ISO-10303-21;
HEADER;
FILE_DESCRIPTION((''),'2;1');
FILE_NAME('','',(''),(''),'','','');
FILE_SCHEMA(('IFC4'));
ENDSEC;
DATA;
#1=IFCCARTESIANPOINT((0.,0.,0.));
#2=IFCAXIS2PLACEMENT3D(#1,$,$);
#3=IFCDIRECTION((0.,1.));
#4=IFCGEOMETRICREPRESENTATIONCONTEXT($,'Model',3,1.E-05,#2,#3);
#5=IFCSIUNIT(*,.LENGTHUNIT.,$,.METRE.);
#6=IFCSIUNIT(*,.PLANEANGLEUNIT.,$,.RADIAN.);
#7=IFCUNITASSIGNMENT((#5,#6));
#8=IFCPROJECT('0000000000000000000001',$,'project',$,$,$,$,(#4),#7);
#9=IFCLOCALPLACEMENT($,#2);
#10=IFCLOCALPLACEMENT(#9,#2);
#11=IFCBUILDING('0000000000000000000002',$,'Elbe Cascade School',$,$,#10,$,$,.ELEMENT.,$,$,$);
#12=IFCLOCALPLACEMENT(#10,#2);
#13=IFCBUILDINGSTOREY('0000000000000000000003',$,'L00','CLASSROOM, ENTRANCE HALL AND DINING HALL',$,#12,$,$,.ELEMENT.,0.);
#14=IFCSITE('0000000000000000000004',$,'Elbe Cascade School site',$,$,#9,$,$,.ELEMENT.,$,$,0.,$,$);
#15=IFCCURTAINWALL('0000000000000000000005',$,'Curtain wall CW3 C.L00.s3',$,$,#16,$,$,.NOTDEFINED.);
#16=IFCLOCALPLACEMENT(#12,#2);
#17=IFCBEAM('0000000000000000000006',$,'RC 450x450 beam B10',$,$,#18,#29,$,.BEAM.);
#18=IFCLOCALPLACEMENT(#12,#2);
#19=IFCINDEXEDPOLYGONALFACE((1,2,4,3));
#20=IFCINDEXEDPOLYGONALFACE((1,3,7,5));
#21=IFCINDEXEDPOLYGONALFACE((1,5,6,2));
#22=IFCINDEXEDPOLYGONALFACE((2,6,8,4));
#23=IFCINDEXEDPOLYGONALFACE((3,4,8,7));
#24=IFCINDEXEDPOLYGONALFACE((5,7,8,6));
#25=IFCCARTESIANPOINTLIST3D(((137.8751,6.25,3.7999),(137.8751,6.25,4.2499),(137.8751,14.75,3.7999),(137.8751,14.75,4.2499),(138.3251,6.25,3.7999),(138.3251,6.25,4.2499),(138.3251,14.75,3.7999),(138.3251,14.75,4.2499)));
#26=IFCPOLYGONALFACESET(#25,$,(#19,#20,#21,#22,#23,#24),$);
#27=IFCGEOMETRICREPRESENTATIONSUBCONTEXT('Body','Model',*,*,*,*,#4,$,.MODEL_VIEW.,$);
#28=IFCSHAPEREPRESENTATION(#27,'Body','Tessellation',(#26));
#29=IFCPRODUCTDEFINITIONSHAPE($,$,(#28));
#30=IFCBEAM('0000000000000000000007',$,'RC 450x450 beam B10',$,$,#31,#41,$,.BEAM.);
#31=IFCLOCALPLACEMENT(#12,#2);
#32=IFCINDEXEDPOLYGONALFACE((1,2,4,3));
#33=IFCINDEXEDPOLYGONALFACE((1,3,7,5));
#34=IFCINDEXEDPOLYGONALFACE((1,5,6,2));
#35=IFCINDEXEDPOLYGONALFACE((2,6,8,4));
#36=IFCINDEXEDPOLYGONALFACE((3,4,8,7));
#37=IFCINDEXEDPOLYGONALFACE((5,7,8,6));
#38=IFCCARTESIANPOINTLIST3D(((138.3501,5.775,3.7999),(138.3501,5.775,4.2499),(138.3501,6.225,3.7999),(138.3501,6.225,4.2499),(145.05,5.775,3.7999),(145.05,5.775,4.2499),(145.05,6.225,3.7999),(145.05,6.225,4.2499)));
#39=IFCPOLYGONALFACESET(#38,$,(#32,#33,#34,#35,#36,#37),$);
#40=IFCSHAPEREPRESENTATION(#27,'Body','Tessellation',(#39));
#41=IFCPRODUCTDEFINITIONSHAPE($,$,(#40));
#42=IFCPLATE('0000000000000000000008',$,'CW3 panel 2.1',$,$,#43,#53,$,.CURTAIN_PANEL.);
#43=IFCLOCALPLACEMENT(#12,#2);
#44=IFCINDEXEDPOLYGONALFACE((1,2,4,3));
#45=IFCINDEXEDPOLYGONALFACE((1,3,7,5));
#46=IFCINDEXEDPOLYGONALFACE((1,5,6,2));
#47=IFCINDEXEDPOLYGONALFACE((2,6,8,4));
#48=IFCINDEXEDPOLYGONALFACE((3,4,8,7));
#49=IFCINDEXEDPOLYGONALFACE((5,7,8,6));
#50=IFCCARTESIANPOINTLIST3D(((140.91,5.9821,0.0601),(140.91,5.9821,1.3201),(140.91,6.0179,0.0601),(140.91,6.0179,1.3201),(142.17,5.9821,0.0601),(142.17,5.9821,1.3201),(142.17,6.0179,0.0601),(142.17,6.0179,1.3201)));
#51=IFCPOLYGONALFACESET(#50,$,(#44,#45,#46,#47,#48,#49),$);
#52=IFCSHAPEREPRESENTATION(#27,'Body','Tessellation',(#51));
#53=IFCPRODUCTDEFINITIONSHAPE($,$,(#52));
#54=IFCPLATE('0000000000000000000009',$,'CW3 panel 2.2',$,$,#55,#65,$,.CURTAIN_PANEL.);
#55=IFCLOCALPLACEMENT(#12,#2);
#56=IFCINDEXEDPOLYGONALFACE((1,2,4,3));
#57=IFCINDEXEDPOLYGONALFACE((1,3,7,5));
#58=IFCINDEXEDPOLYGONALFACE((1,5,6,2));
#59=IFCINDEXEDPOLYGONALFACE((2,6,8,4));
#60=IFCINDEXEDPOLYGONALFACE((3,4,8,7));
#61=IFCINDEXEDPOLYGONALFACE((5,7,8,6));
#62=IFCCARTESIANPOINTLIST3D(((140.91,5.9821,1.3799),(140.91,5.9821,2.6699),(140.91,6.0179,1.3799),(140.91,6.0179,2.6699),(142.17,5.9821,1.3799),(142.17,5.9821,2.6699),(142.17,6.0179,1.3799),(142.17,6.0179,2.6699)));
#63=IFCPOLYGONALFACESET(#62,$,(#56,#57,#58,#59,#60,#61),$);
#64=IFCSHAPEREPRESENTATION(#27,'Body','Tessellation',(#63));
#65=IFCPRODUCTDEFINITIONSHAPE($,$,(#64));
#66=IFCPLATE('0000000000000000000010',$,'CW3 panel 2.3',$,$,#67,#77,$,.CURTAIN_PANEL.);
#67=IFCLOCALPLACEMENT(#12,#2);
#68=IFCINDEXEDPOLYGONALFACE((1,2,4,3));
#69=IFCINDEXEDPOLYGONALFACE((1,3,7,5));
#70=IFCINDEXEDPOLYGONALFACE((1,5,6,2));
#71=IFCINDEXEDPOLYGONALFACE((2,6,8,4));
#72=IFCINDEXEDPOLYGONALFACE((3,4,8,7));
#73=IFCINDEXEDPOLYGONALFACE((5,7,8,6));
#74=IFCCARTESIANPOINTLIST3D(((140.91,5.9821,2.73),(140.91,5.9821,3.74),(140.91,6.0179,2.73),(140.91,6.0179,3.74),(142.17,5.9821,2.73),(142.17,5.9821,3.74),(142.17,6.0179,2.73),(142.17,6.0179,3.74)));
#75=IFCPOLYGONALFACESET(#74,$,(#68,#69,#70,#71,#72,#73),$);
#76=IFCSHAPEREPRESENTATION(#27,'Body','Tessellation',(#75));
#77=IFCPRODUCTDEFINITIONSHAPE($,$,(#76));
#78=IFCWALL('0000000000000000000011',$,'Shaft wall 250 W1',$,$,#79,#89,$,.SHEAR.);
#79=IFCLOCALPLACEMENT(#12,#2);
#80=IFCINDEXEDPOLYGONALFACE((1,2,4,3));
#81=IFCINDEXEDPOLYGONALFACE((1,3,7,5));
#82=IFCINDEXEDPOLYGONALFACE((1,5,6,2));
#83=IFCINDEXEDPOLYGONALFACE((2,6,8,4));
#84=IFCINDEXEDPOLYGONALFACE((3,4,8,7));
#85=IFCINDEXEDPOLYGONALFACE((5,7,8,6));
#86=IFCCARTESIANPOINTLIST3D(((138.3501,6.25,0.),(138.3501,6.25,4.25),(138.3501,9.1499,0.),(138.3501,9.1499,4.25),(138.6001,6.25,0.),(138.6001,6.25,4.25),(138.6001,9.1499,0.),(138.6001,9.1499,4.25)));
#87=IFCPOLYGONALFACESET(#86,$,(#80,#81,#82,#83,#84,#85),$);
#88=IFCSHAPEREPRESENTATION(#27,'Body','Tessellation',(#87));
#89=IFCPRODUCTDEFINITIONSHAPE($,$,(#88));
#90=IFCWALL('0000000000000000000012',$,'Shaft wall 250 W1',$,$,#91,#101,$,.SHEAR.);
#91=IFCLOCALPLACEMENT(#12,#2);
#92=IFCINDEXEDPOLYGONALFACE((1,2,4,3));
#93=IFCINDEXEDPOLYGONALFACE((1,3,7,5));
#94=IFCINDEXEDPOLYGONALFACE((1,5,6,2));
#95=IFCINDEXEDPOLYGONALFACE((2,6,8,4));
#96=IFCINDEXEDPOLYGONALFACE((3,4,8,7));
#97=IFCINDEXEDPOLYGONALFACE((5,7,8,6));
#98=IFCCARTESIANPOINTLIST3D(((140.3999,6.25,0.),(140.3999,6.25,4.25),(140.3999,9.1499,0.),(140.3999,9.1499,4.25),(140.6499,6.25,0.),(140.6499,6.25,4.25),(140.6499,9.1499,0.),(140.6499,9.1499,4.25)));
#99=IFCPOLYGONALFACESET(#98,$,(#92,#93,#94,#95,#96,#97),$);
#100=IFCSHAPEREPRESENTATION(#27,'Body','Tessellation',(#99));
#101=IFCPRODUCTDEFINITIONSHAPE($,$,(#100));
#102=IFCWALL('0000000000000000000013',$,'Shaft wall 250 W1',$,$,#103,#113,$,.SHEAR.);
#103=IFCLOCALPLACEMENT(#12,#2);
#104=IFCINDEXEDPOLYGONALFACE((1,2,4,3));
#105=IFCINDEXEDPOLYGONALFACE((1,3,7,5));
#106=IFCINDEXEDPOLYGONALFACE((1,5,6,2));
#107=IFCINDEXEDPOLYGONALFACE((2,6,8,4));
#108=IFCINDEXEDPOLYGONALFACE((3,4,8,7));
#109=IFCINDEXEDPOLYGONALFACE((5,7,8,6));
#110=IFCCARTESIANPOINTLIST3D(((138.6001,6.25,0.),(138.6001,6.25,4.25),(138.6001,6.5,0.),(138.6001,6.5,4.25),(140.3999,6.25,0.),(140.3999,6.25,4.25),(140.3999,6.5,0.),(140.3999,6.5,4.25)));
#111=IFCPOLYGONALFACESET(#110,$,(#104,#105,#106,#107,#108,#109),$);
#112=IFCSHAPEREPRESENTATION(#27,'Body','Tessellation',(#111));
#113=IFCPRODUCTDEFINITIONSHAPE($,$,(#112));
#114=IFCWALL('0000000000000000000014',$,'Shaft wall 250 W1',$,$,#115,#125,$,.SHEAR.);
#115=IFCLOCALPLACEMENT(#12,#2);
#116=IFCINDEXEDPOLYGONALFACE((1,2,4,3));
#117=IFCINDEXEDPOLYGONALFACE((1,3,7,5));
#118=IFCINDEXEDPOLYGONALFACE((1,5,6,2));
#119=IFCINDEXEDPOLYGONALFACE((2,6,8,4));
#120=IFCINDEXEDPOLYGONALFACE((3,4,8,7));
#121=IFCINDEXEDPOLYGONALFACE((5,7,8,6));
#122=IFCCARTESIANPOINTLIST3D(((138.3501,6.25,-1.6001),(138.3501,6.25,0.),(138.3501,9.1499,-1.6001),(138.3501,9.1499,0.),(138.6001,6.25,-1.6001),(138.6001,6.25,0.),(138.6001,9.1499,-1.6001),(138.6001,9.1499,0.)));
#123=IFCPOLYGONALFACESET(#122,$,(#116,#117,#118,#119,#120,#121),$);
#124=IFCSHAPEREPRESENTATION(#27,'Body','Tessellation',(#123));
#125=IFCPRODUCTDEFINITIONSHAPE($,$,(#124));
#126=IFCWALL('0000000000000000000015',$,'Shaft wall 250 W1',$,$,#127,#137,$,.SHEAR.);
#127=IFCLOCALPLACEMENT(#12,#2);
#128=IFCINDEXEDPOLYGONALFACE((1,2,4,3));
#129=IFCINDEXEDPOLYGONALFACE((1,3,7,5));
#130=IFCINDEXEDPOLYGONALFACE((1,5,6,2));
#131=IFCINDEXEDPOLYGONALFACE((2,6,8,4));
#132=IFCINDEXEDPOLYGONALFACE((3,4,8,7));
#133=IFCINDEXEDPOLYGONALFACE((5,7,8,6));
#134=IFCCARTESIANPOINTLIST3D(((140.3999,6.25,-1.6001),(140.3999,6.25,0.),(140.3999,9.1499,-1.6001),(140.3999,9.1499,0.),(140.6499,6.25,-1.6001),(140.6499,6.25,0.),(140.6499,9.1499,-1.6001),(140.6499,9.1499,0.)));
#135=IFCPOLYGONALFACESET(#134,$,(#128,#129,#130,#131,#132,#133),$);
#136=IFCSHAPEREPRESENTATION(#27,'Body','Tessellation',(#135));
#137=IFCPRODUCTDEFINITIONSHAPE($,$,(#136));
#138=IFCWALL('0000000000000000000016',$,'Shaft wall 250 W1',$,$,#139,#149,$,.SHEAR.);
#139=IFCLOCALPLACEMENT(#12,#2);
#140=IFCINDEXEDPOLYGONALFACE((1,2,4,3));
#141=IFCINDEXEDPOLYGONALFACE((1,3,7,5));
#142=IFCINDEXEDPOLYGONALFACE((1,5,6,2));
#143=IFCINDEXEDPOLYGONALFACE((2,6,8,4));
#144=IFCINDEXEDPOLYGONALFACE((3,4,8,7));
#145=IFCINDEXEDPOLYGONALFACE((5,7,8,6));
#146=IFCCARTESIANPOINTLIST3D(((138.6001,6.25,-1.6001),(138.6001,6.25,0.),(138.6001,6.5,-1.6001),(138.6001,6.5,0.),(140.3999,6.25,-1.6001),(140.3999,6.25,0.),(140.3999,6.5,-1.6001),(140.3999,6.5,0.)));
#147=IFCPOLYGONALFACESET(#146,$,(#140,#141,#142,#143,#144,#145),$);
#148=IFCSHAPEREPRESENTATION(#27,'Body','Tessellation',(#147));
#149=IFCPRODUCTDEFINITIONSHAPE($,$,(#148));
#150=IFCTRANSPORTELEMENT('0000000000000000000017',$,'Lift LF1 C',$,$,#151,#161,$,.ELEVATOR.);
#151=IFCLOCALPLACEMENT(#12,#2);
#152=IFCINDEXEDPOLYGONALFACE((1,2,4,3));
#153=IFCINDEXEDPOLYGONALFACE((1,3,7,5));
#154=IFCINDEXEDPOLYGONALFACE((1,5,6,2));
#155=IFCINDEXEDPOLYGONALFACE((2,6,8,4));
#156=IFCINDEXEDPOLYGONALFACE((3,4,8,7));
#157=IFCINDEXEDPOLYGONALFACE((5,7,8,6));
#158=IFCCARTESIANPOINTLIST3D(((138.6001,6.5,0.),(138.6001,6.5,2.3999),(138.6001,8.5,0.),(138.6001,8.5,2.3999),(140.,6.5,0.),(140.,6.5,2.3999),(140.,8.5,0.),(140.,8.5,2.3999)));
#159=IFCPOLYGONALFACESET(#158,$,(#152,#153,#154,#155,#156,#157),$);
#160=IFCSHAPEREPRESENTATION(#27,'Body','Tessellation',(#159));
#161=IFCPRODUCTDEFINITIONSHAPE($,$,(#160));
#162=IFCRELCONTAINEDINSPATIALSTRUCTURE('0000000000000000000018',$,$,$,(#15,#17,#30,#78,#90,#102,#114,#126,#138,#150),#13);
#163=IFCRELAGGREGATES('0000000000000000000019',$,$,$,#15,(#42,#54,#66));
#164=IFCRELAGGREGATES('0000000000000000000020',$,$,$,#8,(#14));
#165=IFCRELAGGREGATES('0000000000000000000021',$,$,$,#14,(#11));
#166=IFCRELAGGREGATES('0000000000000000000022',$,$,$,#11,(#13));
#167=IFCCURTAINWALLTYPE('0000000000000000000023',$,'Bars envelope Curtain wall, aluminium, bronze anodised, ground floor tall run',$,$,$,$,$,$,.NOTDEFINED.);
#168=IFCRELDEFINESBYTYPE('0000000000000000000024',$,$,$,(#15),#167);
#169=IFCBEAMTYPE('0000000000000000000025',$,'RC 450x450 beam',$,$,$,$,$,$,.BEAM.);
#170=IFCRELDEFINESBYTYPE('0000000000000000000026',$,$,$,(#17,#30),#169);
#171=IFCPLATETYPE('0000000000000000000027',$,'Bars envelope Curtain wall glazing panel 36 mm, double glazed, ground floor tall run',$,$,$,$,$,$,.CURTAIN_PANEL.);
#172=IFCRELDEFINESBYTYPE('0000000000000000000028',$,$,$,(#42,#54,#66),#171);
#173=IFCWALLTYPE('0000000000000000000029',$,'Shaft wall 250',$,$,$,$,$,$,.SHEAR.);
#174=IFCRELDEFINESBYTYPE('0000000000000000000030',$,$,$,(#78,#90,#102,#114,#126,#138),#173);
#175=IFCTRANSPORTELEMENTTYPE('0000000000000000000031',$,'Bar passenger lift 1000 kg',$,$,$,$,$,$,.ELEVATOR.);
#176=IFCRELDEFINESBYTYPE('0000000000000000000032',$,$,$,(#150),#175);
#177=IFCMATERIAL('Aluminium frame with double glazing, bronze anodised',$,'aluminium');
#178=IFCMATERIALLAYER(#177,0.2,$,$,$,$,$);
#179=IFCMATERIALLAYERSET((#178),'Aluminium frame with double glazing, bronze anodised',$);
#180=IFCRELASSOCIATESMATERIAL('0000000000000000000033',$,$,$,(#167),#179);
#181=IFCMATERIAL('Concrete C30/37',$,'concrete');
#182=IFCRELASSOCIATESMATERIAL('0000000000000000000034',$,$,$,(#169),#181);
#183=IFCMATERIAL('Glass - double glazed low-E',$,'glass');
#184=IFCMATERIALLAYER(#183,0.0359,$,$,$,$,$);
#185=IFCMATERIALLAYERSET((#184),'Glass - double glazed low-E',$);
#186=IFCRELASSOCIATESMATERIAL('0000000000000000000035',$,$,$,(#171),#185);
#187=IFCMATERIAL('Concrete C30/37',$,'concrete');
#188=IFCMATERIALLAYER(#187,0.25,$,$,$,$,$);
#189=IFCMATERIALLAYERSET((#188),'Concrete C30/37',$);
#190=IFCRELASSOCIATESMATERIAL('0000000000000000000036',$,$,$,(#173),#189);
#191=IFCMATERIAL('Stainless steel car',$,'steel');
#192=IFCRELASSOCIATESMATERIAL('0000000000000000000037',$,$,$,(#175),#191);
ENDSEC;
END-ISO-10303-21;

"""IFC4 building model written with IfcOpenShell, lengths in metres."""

from ifc_helpers import new_model, si_unit, direction, frame, frame_2d, origin, origin_2d, place, context, subcontext, project, spatial, rectangle, extrude, material, layer, layer_set, material_profile, profile_set, type_object, element, aggregate, save


model = new_model("IFC4")

# Units and contexts
model_context = context("Model", 3, precision=1e-05, world=origin(), true_north=direction((0.0, 1.0)))
body_context = subcontext(model_context, "Body", "Model", "MODEL_VIEW")
ifc_project = project(units=[si_unit("LENGTHUNIT", "METRE"), si_unit("PLANEANGLEUNIT", "RADIAN")], contexts=[model_context])

# Site, building, storey
site_placement = place(None, origin())
site = spatial("IfcSite", under=ifc_project, at=site_placement, Name="Elbe Cascade School site", CompositionType="ELEMENT", RefElevation=0.0)
building_placement = place(site_placement, origin())
building = spatial("IfcBuilding", under=site, at=building_placement, Name="Elbe Cascade School", CompositionType="ELEMENT")
storey_placement = place(building_placement, origin())
storey = spatial("IfcBuildingStorey", under=building, at=storey_placement, Name="L00", Description="CLASSROOM, ENTRANCE HALL AND DINING HALL", CompositionType="ELEMENT", Elevation=0.0)

# Curtain wall
ifc_material_1 = material(Name="Aluminium frame with double glazing, bronze anodised", Category="aluminium")
ifc_layer_1 = layer(ifc_material_1, 0.2)
ifc_layer_set_1 = layer_set([ifc_layer_1], Name="Aluminium frame with double glazing, bronze anodised")
curtain_wall_type = type_object("IfcCurtainWallType", Name="Bars envelope Curtain wall, aluminium, bronze anodised, ground floor tall run", PredefinedType="NOTDEFINED", material=ifc_layer_set_1)
curtain_wall_placement = place(storey_placement, origin())
curtain_wall = element("IfcCurtainWall", 1, at=curtain_wall_placement, inside=storey, type_object=curtain_wall_type, Name="Curtain wall CW3 C.L00.s3", PredefinedType="NOTDEFINED")

# Beams
ifc_material_2 = material(Name="Concrete C30/37", Category="concrete")
ifc_material_profile_1 = material_profile(ifc_material_2, rectangle(XDim=0.45, YDim=0.45, at=origin_2d()), Name="RC 450x450")
ifc_profile_set_1 = profile_set([ifc_material_profile_1], Name="Concrete C30/37")
beam_type_1 = type_object("IfcBeamType", Name="RC 450x450 beam", PredefinedType="BEAM", material=ifc_profile_set_1)
beam_1_placement = place(storey_placement, frame((138.1001, 6.25, 4.0249), z_axis=(0.0, 1.0, 0.0), x_axis=(-1.0, 0.0, 0.0)))
element("IfcBeam", 2, at=beam_1_placement, inside=storey, type_object=beam_type_1, Name="RC 450x450 beam B10", PredefinedType="BEAM", context=body_context, shape_type="SweptSolid", body=[
    extrude(rectangle(XDim=0.45, YDim=0.45, at=origin_2d()), origin(), (0.0, 0.0, 1.0), 8.5),
])
beam_2_placement = place(storey_placement, frame((138.3501, 6.0, 4.0249), z_axis=(1.0, 0.0, 0.0), x_axis=(0.0, 1.0, 0.0)))
element("IfcBeam", 3, at=beam_2_placement, inside=storey, type_object=beam_type_1, Name="RC 450x450 beam B10", PredefinedType="BEAM", context=body_context, shape_type="SweptSolid", body=[
    extrude(rectangle(XDim=0.45, YDim=0.45, at=origin_2d()), origin(), (0.0, 0.0, 1.0), 6.7),
])

# Plates
ifc_material_3 = material(Name="Glass - double glazed low-E", Category="glass")
ifc_layer_2 = layer(ifc_material_3, 0.0359)
ifc_layer_set_2 = layer_set([ifc_layer_2], Name="Glass - double glazed low-E")
plate_type = type_object("IfcPlateType", Name="Bars envelope Curtain wall glazing panel 36 mm, double glazed, ground floor tall run", PredefinedType="CURTAIN_PANEL", material=ifc_layer_set_2)
plate_1_placement = place(storey_placement, frame((141.54, 6.0, 0.0601), z_axis=(0.0, 0.0, 1.0), x_axis=(-1.0, 0.0, 0.0)))
plate_1 = element("IfcPlate", 4, at=plate_1_placement, type_object=plate_type, Name="CW3 panel 2.1", PredefinedType="CURTAIN_PANEL", context=body_context, shape_type="SweptSolid", body=[
    extrude(rectangle(XDim=1.26, YDim=0.0359, at=origin_2d()), origin(), (0.0, 0.0, 1.0), 1.26),
])
plate_2_placement = place(storey_placement, frame((141.54, 6.0, 1.3799), z_axis=(0.0, 0.0, 1.0), x_axis=(-1.0, 0.0, 0.0)))
plate_2 = element("IfcPlate", 5, at=plate_2_placement, type_object=plate_type, Name="CW3 panel 2.2", PredefinedType="CURTAIN_PANEL", context=body_context, shape_type="SweptSolid", body=[
    extrude(rectangle(XDim=1.26, YDim=0.0359, at=origin_2d()), origin(), (0.0, 0.0, 1.0), 1.29),
])
plate_3_placement = place(storey_placement, frame((141.54, 6.0, 2.73), z_axis=(0.0, 0.0, 1.0), x_axis=(-1.0, 0.0, 0.0)))
plate_3 = element("IfcPlate", 6, at=plate_3_placement, type_object=plate_type, Name="CW3 panel 2.3", PredefinedType="CURTAIN_PANEL", context=body_context, shape_type="SweptSolid", body=[
    extrude(rectangle(XDim=1.26, YDim=0.0359, at=origin_2d()), origin(), (0.0, 0.0, 1.0), 1.01),
])
aggregate(curtain_wall, [plate_1, plate_2, plate_3])

# Walls
ifc_material_4 = material(Name="Concrete C30/37", Category="concrete")
ifc_layer_3 = layer(ifc_material_4, 0.25)
ifc_layer_set_3 = layer_set([ifc_layer_3], Name="Concrete C30/37")
wall_type_1 = type_object("IfcWallType", Name="Shaft wall 250", PredefinedType="SHEAR", material=ifc_layer_set_3)
for number, where, z_axis, x_axis, name in (
    (7, (138.4751, 6.25, 0.0), (0.0, 0.0, 1.0), (0.0, 1.0, 0.0), "Shaft wall 250 W1"),
    (8, (140.5249, 6.25, 0.0), (0.0, 0.0, 1.0), (0.0, 1.0, 0.0), "Shaft wall 250 W1"),
):
    element("IfcWall", number, at=place(storey_placement, frame(where, z_axis=z_axis, x_axis=x_axis)), inside=storey, type_object=wall_type_1, Name=name, PredefinedType="SHEAR", context=body_context, shape_type="SweptSolid", body=[
        extrude(rectangle(XDim=2.8999, YDim=0.25, at=frame_2d((1.45, 0.0))), origin(), (0.0, 0.0, 1.0), 4.25),
    ])
wall_1_placement = place(storey_placement, frame((138.6001, 6.375, 0.0), z_axis=(0.0, 0.0, 1.0), x_axis=(1.0, 0.0, 0.0)))
element("IfcWall", 9, at=wall_1_placement, inside=storey, type_object=wall_type_1, Name="Shaft wall 250 W1", PredefinedType="SHEAR", context=body_context, shape_type="SweptSolid", body=[
    extrude(rectangle(XDim=1.7998, YDim=0.25, at=frame_2d((0.8999, 0.0))), origin(), (0.0, 0.0, 1.0), 4.25),
])
for number, where, z_axis, x_axis, name in (
    (10, (138.4751, 6.25, -1.6001), (0.0, 0.0, 1.0), (0.0, 1.0, 0.0), "Shaft wall 250 W1"),
    (11, (140.5249, 6.25, -1.6001), (0.0, 0.0, 1.0), (0.0, 1.0, 0.0), "Shaft wall 250 W1"),
):
    element("IfcWall", number, at=place(storey_placement, frame(where, z_axis=z_axis, x_axis=x_axis)), inside=storey, type_object=wall_type_1, Name=name, PredefinedType="SHEAR", context=body_context, shape_type="SweptSolid", body=[
        extrude(rectangle(XDim=2.8999, YDim=0.25, at=frame_2d((1.45, 0.0))), origin(), (0.0, 0.0, 1.0), 1.6001),
    ])
wall_2_placement = place(storey_placement, frame((138.6001, 6.375, -1.6001), z_axis=(0.0, 0.0, 1.0), x_axis=(1.0, 0.0, 0.0)))
element("IfcWall", 12, at=wall_2_placement, inside=storey, type_object=wall_type_1, Name="Shaft wall 250 W1", PredefinedType="SHEAR", context=body_context, shape_type="SweptSolid", body=[
    extrude(rectangle(XDim=1.7998, YDim=0.25, at=frame_2d((0.8999, 0.0))), origin(), (0.0, 0.0, 1.0), 1.6001),
])

# Transport element
ifc_material_5 = material(Name="Stainless steel car", Category="steel")
transport_element_type = type_object("IfcTransportElementType", Name="Bar passenger lift 1000 kg", PredefinedType="ELEVATOR", material=ifc_material_5)
transport_element_placement = place(storey_placement, frame((139.3, 7.5, 0.0), z_axis=(0.0, 0.0, 1.0), x_axis=(1.0, 0.0, 0.0)))
element("IfcTransportElement", 13, at=transport_element_placement, inside=storey, type_object=transport_element_type, Name="Lift LF1 C", PredefinedType="ELEVATOR", context=body_context, shape_type="SweptSolid", body=[
    extrude(rectangle(XDim=1.3999, YDim=2.0, at=origin_2d()), origin(), (0.0, 0.0, 1.0), 2.3999),
])

save(model, "model.ifc")
